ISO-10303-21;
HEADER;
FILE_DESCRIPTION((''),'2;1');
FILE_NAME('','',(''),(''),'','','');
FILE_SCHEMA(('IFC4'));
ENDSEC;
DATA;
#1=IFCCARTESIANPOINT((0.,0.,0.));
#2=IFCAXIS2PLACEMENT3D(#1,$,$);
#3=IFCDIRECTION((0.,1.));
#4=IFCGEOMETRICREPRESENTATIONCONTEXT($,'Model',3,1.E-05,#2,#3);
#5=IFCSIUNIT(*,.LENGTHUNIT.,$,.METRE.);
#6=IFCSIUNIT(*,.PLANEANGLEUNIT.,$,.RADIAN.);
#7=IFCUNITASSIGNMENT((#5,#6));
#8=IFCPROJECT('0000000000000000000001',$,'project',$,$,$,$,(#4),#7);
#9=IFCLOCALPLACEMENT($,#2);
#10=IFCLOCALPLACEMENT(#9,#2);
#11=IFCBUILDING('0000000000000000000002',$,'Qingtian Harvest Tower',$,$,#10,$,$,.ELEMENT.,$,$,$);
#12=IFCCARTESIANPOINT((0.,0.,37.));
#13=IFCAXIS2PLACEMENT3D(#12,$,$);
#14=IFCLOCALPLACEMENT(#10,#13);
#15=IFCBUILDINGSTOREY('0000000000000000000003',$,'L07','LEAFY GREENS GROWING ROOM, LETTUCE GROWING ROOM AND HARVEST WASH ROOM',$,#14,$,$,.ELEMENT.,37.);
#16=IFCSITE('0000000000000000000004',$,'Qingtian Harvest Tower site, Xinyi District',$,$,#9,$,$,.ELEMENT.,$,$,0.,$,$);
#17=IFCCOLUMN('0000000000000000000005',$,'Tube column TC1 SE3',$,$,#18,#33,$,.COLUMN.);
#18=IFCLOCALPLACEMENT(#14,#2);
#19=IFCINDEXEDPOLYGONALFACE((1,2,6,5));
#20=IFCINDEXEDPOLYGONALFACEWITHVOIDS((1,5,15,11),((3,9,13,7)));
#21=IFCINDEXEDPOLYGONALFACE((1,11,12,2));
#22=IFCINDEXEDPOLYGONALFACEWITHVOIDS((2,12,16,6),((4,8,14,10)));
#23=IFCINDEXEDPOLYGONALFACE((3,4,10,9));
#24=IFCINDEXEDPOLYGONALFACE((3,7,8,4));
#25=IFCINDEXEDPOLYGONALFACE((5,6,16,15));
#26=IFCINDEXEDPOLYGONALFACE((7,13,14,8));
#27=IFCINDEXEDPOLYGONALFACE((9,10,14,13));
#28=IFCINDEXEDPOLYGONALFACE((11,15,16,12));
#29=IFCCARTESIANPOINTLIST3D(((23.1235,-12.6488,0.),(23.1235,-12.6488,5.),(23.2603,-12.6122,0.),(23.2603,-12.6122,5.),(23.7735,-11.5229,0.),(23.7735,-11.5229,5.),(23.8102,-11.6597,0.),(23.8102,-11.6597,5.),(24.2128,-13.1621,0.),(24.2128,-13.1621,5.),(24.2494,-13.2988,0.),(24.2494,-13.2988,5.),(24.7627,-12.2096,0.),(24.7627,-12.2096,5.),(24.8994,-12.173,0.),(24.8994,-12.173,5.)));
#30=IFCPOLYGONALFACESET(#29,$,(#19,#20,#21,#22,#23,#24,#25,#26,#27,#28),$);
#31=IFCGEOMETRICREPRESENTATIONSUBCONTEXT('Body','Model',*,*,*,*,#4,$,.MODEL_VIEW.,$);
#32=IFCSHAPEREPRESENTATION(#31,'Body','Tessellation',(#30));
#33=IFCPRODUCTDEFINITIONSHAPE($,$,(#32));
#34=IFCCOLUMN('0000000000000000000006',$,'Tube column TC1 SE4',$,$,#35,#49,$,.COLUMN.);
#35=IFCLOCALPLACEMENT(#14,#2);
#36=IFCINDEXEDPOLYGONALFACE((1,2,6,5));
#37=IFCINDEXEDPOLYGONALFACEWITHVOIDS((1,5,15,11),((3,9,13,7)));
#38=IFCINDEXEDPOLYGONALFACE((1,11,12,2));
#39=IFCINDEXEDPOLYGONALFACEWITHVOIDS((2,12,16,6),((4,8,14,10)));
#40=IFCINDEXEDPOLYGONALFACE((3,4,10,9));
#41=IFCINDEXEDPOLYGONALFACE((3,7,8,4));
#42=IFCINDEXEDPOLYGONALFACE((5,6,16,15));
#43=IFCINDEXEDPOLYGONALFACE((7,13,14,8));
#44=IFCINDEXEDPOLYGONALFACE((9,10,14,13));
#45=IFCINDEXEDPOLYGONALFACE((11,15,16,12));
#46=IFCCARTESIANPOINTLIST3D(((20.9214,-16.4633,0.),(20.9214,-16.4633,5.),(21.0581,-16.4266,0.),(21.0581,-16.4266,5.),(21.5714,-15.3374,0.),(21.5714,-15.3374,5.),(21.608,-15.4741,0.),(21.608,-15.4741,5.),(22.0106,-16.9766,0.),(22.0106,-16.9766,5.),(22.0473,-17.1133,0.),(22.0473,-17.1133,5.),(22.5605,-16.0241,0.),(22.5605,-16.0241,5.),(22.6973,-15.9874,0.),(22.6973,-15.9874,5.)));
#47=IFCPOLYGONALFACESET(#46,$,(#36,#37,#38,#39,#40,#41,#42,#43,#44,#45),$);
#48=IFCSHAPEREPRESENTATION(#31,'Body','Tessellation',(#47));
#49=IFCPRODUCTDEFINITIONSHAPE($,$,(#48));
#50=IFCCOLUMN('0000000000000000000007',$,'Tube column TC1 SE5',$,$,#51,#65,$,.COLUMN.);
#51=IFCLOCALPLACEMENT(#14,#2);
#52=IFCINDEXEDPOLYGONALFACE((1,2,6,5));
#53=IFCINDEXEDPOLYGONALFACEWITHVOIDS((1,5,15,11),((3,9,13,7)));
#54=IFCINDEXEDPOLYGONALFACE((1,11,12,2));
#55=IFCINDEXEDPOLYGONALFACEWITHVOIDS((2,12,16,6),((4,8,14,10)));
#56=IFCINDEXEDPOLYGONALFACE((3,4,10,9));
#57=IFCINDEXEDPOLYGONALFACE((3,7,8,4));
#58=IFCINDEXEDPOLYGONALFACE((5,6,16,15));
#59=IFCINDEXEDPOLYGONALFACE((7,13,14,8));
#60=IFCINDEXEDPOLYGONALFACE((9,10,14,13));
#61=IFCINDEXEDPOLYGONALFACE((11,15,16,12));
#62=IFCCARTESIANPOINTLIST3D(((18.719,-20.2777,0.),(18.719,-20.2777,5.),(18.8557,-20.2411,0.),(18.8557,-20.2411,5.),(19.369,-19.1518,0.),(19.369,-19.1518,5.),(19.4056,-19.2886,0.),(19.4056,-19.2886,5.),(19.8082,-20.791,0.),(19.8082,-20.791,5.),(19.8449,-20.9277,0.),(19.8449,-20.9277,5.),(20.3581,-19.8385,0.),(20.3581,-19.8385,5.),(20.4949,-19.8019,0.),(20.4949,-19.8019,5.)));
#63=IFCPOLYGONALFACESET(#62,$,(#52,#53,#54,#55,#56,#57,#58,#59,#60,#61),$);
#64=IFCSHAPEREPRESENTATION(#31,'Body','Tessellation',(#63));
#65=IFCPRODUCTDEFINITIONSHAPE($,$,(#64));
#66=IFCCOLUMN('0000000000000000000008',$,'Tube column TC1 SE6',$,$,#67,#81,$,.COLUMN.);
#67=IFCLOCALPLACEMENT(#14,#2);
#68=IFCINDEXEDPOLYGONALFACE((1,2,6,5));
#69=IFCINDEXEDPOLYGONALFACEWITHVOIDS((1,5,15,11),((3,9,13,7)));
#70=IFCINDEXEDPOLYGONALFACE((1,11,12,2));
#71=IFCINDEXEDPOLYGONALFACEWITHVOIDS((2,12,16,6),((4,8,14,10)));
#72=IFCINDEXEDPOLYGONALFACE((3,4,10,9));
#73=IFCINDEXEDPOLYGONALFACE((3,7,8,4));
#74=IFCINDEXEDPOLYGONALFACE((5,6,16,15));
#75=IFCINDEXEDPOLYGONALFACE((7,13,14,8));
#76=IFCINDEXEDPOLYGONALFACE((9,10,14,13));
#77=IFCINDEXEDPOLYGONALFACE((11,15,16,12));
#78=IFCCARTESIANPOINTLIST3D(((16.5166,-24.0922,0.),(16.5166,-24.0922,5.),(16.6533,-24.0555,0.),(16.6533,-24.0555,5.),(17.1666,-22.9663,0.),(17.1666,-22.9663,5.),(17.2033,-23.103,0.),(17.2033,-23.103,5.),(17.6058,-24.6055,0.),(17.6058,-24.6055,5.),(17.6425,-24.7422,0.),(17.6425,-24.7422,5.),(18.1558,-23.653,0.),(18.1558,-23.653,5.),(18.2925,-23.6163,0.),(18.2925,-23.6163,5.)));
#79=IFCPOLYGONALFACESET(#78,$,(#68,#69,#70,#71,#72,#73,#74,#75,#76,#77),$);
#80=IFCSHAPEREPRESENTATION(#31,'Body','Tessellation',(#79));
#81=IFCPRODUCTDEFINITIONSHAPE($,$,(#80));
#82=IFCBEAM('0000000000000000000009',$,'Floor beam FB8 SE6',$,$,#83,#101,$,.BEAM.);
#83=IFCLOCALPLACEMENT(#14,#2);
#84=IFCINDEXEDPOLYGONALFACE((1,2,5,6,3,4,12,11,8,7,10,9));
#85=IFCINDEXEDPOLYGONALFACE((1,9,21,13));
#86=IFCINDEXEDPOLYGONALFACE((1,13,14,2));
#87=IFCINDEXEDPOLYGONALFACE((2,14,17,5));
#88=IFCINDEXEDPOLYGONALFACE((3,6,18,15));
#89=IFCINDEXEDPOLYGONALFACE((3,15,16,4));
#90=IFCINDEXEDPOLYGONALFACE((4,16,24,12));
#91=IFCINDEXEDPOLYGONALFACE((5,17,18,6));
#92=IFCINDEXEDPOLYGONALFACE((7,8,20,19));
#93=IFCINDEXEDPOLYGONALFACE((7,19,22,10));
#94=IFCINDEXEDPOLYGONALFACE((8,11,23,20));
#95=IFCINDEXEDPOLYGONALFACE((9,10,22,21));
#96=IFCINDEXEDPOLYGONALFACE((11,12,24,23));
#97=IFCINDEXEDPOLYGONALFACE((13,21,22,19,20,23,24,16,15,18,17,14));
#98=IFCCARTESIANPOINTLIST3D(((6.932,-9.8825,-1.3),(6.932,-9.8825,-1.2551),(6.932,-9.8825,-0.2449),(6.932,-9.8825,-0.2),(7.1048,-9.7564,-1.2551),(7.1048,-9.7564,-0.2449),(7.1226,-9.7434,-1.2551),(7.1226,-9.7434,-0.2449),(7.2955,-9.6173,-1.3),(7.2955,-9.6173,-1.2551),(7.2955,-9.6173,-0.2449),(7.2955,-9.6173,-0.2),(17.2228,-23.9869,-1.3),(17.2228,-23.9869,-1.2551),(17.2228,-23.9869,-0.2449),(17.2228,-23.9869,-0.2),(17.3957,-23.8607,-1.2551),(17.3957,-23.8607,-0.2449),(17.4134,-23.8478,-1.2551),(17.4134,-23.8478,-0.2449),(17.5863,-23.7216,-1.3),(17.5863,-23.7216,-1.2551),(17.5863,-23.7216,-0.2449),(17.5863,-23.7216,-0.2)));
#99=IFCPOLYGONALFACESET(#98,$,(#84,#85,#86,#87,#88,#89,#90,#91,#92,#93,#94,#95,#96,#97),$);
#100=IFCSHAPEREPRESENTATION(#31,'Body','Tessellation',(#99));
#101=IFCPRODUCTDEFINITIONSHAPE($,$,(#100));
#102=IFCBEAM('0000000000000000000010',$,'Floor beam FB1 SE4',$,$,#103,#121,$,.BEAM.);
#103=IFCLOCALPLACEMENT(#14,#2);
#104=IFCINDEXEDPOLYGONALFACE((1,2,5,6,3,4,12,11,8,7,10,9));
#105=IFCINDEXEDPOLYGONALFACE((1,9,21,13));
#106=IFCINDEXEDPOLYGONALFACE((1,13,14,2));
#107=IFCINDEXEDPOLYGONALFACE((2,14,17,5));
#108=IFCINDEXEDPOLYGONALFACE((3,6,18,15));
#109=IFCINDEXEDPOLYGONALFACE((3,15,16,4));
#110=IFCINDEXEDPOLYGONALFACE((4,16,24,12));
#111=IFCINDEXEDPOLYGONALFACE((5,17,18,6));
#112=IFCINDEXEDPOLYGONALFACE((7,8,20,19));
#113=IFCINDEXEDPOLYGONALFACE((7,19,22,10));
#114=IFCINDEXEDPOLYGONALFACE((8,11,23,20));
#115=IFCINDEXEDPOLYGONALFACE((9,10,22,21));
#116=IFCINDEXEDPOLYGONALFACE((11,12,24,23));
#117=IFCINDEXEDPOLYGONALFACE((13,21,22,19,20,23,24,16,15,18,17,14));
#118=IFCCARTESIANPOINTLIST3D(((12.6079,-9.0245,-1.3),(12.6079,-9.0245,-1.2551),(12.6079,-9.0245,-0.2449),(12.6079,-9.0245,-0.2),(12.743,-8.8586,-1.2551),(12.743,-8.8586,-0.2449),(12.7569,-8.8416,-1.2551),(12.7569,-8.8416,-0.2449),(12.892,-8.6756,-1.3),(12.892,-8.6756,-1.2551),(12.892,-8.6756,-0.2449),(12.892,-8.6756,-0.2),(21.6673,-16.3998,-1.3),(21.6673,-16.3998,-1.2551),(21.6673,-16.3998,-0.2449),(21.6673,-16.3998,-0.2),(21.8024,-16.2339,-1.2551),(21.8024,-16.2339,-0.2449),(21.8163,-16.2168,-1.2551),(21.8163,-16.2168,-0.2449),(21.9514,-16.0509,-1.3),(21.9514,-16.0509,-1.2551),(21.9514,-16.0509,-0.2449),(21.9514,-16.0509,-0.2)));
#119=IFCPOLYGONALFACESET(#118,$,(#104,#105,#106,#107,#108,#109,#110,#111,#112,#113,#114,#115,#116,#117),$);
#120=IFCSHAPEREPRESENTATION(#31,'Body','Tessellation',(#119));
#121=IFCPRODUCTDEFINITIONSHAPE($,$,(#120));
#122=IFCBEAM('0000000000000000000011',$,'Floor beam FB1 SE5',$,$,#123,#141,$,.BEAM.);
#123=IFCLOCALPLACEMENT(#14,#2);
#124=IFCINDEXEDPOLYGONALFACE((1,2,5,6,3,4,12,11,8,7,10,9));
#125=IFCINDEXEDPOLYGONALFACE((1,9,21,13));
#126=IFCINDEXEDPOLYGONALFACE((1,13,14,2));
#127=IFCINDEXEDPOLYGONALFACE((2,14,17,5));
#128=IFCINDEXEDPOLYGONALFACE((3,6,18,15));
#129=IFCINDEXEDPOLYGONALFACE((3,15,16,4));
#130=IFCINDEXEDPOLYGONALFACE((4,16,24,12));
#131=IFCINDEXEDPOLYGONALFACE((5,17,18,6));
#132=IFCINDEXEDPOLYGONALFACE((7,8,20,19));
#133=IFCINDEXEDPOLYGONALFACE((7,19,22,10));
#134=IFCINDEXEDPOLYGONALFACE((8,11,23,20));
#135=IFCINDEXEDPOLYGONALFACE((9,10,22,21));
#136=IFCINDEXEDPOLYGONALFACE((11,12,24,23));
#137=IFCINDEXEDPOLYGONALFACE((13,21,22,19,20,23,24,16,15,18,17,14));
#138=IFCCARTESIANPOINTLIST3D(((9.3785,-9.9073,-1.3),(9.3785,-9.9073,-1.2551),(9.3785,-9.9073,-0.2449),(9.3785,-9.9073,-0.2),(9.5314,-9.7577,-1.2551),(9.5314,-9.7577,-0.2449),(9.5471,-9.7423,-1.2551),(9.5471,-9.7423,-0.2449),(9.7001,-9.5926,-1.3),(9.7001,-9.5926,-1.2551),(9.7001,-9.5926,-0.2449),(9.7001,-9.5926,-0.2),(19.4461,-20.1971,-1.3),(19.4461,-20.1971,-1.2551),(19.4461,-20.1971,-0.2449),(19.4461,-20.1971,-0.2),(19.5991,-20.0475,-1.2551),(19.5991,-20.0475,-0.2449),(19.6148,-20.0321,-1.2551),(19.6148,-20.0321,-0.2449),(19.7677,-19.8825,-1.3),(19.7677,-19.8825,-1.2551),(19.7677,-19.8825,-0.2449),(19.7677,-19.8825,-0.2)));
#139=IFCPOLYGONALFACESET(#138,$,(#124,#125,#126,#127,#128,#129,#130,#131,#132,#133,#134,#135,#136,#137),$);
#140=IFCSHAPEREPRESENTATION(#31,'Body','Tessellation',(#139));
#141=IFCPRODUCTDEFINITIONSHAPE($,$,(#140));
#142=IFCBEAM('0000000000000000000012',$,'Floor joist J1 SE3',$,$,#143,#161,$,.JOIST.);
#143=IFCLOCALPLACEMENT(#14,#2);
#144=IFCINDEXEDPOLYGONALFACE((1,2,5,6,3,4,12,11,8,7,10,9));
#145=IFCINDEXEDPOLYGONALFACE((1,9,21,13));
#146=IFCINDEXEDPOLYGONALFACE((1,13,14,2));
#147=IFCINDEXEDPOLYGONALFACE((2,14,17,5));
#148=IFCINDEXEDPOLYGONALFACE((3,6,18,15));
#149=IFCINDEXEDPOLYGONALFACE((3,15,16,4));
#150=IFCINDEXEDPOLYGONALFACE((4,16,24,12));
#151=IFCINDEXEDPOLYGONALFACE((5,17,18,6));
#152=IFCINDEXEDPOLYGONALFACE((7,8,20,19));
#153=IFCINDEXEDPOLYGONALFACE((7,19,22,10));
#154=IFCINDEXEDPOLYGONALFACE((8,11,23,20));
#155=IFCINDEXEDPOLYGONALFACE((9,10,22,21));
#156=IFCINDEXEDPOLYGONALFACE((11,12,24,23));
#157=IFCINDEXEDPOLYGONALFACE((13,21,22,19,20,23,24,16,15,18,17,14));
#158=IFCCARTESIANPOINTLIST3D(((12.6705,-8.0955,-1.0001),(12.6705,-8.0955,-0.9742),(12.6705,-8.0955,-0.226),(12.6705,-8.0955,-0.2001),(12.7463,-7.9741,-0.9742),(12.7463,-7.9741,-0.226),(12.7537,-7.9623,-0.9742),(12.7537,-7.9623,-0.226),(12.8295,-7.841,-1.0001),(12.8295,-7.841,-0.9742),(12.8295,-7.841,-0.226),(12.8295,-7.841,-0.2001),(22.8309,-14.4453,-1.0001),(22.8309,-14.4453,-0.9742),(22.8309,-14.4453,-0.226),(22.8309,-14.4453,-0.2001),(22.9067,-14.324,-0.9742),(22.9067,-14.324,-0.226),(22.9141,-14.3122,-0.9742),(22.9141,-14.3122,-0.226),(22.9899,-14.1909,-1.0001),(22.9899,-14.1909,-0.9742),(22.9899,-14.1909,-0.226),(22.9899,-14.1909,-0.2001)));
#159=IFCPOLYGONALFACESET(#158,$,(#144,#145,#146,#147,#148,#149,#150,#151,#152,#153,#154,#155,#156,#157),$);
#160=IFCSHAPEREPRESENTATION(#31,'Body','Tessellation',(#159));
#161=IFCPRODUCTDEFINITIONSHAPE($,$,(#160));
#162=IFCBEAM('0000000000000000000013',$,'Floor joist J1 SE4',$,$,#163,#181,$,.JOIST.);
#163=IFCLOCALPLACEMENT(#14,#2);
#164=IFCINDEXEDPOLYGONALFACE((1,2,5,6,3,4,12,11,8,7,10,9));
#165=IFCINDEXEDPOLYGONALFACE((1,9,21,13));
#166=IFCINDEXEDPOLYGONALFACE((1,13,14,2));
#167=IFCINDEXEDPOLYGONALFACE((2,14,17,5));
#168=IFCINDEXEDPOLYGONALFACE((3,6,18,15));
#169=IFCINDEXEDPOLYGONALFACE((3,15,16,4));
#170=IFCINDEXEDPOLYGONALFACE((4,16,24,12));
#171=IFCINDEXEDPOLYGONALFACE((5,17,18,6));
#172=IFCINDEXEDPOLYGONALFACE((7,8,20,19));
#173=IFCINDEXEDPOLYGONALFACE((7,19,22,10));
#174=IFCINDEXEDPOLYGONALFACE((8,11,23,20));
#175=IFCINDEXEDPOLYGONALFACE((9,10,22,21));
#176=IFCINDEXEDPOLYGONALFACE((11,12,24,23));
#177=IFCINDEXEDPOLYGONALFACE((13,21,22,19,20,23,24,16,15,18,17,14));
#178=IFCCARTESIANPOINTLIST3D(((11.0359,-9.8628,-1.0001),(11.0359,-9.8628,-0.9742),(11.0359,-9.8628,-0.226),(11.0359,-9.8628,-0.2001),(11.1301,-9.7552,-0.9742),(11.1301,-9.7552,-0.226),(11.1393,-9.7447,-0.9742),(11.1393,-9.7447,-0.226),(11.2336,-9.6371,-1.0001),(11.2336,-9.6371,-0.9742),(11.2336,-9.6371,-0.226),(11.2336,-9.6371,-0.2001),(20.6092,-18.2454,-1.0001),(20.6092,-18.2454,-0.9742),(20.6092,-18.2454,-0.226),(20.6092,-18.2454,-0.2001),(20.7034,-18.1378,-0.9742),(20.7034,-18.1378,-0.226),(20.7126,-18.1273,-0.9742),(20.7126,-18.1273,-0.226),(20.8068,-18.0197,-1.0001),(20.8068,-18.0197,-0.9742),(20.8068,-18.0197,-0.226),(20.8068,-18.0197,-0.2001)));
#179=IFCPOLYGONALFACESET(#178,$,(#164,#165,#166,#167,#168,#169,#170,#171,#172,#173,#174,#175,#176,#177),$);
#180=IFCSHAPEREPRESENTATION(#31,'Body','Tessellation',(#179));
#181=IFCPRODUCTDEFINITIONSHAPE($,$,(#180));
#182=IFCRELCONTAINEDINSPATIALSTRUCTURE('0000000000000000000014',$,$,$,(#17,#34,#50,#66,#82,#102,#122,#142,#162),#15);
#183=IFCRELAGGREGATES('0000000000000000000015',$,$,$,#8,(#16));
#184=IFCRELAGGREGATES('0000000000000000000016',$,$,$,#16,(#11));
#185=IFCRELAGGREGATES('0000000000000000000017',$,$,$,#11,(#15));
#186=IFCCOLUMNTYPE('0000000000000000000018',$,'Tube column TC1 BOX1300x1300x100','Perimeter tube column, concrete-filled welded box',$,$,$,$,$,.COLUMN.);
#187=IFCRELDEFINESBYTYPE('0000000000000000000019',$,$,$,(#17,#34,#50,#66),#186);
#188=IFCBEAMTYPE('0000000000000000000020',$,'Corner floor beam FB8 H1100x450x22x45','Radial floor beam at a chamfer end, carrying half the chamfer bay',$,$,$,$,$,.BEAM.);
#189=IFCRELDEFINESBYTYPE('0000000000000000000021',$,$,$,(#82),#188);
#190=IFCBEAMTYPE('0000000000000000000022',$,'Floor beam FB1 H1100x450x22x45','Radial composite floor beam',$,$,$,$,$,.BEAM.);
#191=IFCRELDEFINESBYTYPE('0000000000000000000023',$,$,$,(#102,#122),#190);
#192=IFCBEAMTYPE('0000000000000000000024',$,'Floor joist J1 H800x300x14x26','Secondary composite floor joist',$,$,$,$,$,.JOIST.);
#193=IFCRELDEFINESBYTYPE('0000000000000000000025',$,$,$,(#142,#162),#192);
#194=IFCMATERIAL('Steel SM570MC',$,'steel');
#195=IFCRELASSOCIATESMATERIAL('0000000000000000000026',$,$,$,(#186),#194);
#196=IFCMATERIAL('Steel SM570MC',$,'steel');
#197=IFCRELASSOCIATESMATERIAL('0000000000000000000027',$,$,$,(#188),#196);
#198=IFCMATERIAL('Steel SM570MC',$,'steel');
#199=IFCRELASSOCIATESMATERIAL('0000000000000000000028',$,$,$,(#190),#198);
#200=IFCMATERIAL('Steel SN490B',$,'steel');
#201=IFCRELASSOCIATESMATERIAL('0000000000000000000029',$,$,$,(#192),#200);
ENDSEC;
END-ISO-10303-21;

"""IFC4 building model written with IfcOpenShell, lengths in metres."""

from ifc_helpers import new_model, si_unit, direction, frame, origin, origin_2d, place, context, subcontext, project, spatial, hollow_rectangle, i_section, extrude, material, material_profile, profile_set, type_object, element, save


model = new_model("IFC4")

# Units and contexts
model_context = context("Model", 3, precision=1e-05, world=origin(), true_north=direction((0.0, 1.0)))
body_context = subcontext(model_context, "Body", "Model", "MODEL_VIEW")
ifc_project = project(units=[si_unit("LENGTHUNIT", "METRE"), si_unit("PLANEANGLEUNIT", "RADIAN")], contexts=[model_context])

# Site, building, storey
site_placement = place(None, origin())
site = spatial("IfcSite", under=ifc_project, at=site_placement, Name="Qingtian Harvest Tower site, Xinyi District", CompositionType="ELEMENT", RefElevation=0.0)
building_placement = place(site_placement, origin())
building = spatial("IfcBuilding", under=site, at=building_placement, Name="Qingtian Harvest Tower", CompositionType="ELEMENT")
storey_placement = place(building_placement, frame((0.0, 0.0, 37.0)))
storey = spatial("IfcBuildingStorey", under=building, at=storey_placement, Name="L07", Description="LEAFY GREENS GROWING ROOM, LETTUCE GROWING ROOM AND HARVEST WASH ROOM", CompositionType="ELEMENT", Elevation=37.0)

# Columns
ifc_material_1 = material(Name="Steel SM570MC", Category="steel")
ifc_material_profile_1 = material_profile(ifc_material_1, hollow_rectangle(XDim=1.3, YDim=1.3, WallThickness=0.1001, at=origin_2d()), Name="BOX1300x1300x100")
ifc_profile_set_1 = profile_set([ifc_material_profile_1], Name="Steel SM570MC")
column_type = type_object("IfcColumnType", Name="Tube column TC1 BOX1300x1300x100", Description="Perimeter tube column, concrete-filled welded box", PredefinedType="COLUMN", material=ifc_profile_set_1)
for number, where, z_axis, x_axis, name in (
    (1, (24.0115, -12.4109, 0.0), (0.0, 0.0, 1.0), (0.5, 0.866025, 0.0), "Tube column TC1 SE3"),
    (2, (21.8093, -16.2253, 0.0), (0.0, 0.0, 1.0), (0.5, 0.866025, 0.0), "Tube column TC1 SE4"),
    (3, (19.6069, -20.0398, 0.0), (0.0, 0.0, 1.0), (0.5, 0.866025, 0.0), "Tube column TC1 SE5"),
    (4, (17.4045, -23.8542, 0.0), (0.0, 0.0, 1.0), (0.5, 0.866025, 0.0), "Tube column TC1 SE6"),
):
    element("IfcColumn", number, at=place(storey_placement, frame(where, z_axis=z_axis, x_axis=x_axis)), inside=storey, type_object=column_type, Name=name, PredefinedType="COLUMN", context=body_context, shape_type="SweptSolid", body=[
        extrude(hollow_rectangle(XDim=1.3, YDim=1.3, WallThickness=0.1001, at=origin_2d()), origin(), (0.0, 0.0, 1.0), 5.0),
    ])

# Beams
ifc_material_2 = material(Name="Steel SM570MC", Category="steel")
ifc_material_profile_2 = material_profile(ifc_material_2, i_section(OverallWidth=0.45, OverallDepth=1.1001, WebThickness=0.022, FlangeThickness=0.0449, at=origin_2d()), Name="H1100x450x22x45")
ifc_profile_set_2 = profile_set([ifc_material_profile_2], Name="Steel SM570MC")
beam_type_1 = type_object("IfcBeamType", Name="Corner floor beam FB8 H1100x450x22x45", Description="Radial floor beam at a chamfer end, carrying half the chamfer bay", PredefinedType="BEAM", material=ifc_profile_set_2)
beam_1_placement = place(storey_placement, frame((17.4045, -23.8542, -0.75), z_axis=(-0.589412, 0.807832, 0.0), x_axis=(-0.807832, -0.589412, 0.0)))
element("IfcBeam", 5, at=beam_1_placement, inside=storey, type_object=beam_type_1, Name="Floor beam FB8 SE6", PredefinedType="BEAM", context=body_context, shape_type="SweptSolid", body=[
    extrude(i_section(OverallWidth=0.45, OverallDepth=1.1001, WebThickness=0.022, FlangeThickness=0.0449, at=origin_2d()), origin(), (0.0, 0.0, 1.0), 17.4595),
])
ifc_material_3 = material(Name="Steel SM570MC", Category="steel")
ifc_material_profile_3 = material_profile(ifc_material_3, i_section(OverallWidth=0.45, OverallDepth=1.1001, WebThickness=0.022, FlangeThickness=0.0449, at=origin_2d()), Name="H1100x450x22x45")
ifc_profile_set_3 = profile_set([ifc_material_profile_3], Name="Steel SM570MC")
beam_type_2 = type_object("IfcBeamType", Name="Floor beam FB1 H1100x450x22x45", Description="Radial composite floor beam", PredefinedType="BEAM", material=ifc_profile_set_3)
beam_2_placement = place(storey_placement, frame((21.8093, -16.2253, -0.75), z_axis=(-0.775504, 0.631342, 0.0), x_axis=(-0.631342, -0.775504, 0.0)))
element("IfcBeam", 6, at=beam_2_placement, inside=storey, type_object=beam_type_2, Name="Floor beam FB1 SE4", PredefinedType="BEAM", context=body_context, shape_type="SweptSolid", body=[
    extrude(i_section(OverallWidth=0.45, OverallDepth=1.1001, WebThickness=0.022, FlangeThickness=0.0449, at=origin_2d()), origin(), (0.0, 0.0, 1.0), 11.6819),
])
beam_3_placement = place(storey_placement, frame((19.6069, -20.0398, -0.75), z_axis=(-0.699348, 0.714781, 0.0), x_axis=(-0.714781, -0.699348, 0.0)))
element("IfcBeam", 7, at=beam_3_placement, inside=storey, type_object=beam_type_2, Name="Floor beam FB1 SE5", PredefinedType="BEAM", context=body_context, shape_type="SweptSolid", body=[
    extrude(i_section(OverallWidth=0.45, OverallDepth=1.1001, WebThickness=0.022, FlangeThickness=0.0449, at=origin_2d()), origin(), (0.0, 0.0, 1.0), 14.3958),
])
ifc_material_4 = material(Name="Steel SN490B", Category="steel")
ifc_material_profile_4 = material_profile(ifc_material_4, i_section(OverallWidth=0.3, OverallDepth=0.8, WebThickness=0.0139, FlangeThickness=0.0259, at=origin_2d()), Name="H800x300x14x26")
ifc_profile_set_4 = profile_set([ifc_material_profile_4], Name="Steel SN490B")
beam_type_3 = type_object("IfcBeamType", Name="Floor joist J1 H800x300x14x26", Description="Secondary composite floor joist", PredefinedType="JOIST", material=ifc_profile_set_4)
beam_4_placement = place(storey_placement, frame((22.9104, -14.3181, -0.6001), z_axis=(-0.848013, 0.529975, 0.0), x_axis=(-0.529975, -0.848013, 0.0)))
element("IfcBeam", 8, at=beam_4_placement, inside=storey, type_object=beam_type_3, Name="Floor joist J1 SE3", PredefinedType="JOIST", context=body_context, shape_type="SweptSolid", body=[
    extrude(i_section(OverallWidth=0.3, OverallDepth=0.8, WebThickness=0.0139, FlangeThickness=0.0259, at=origin_2d()), origin(), (0.0, 0.0, 1.0), 11.9814),
])
beam_5_placement = place(storey_placement, frame((20.708, -18.1326, -0.6001), z_axis=(-0.752344, 0.658771, 0.0), x_axis=(-0.658771, -0.752344, 0.0)))
element("IfcBeam", 9, at=beam_5_placement, inside=storey, type_object=beam_type_3, Name="Floor joist J1 SE4", PredefinedType="JOIST", context=body_context, shape_type="SweptSolid", body=[
    extrude(i_section(OverallWidth=0.3, OverallDepth=0.8, WebThickness=0.0139, FlangeThickness=0.0259, at=origin_2d()), origin(), (0.0, 0.0, 1.0), 12.7246),
])

save(model, "model.ifc")
